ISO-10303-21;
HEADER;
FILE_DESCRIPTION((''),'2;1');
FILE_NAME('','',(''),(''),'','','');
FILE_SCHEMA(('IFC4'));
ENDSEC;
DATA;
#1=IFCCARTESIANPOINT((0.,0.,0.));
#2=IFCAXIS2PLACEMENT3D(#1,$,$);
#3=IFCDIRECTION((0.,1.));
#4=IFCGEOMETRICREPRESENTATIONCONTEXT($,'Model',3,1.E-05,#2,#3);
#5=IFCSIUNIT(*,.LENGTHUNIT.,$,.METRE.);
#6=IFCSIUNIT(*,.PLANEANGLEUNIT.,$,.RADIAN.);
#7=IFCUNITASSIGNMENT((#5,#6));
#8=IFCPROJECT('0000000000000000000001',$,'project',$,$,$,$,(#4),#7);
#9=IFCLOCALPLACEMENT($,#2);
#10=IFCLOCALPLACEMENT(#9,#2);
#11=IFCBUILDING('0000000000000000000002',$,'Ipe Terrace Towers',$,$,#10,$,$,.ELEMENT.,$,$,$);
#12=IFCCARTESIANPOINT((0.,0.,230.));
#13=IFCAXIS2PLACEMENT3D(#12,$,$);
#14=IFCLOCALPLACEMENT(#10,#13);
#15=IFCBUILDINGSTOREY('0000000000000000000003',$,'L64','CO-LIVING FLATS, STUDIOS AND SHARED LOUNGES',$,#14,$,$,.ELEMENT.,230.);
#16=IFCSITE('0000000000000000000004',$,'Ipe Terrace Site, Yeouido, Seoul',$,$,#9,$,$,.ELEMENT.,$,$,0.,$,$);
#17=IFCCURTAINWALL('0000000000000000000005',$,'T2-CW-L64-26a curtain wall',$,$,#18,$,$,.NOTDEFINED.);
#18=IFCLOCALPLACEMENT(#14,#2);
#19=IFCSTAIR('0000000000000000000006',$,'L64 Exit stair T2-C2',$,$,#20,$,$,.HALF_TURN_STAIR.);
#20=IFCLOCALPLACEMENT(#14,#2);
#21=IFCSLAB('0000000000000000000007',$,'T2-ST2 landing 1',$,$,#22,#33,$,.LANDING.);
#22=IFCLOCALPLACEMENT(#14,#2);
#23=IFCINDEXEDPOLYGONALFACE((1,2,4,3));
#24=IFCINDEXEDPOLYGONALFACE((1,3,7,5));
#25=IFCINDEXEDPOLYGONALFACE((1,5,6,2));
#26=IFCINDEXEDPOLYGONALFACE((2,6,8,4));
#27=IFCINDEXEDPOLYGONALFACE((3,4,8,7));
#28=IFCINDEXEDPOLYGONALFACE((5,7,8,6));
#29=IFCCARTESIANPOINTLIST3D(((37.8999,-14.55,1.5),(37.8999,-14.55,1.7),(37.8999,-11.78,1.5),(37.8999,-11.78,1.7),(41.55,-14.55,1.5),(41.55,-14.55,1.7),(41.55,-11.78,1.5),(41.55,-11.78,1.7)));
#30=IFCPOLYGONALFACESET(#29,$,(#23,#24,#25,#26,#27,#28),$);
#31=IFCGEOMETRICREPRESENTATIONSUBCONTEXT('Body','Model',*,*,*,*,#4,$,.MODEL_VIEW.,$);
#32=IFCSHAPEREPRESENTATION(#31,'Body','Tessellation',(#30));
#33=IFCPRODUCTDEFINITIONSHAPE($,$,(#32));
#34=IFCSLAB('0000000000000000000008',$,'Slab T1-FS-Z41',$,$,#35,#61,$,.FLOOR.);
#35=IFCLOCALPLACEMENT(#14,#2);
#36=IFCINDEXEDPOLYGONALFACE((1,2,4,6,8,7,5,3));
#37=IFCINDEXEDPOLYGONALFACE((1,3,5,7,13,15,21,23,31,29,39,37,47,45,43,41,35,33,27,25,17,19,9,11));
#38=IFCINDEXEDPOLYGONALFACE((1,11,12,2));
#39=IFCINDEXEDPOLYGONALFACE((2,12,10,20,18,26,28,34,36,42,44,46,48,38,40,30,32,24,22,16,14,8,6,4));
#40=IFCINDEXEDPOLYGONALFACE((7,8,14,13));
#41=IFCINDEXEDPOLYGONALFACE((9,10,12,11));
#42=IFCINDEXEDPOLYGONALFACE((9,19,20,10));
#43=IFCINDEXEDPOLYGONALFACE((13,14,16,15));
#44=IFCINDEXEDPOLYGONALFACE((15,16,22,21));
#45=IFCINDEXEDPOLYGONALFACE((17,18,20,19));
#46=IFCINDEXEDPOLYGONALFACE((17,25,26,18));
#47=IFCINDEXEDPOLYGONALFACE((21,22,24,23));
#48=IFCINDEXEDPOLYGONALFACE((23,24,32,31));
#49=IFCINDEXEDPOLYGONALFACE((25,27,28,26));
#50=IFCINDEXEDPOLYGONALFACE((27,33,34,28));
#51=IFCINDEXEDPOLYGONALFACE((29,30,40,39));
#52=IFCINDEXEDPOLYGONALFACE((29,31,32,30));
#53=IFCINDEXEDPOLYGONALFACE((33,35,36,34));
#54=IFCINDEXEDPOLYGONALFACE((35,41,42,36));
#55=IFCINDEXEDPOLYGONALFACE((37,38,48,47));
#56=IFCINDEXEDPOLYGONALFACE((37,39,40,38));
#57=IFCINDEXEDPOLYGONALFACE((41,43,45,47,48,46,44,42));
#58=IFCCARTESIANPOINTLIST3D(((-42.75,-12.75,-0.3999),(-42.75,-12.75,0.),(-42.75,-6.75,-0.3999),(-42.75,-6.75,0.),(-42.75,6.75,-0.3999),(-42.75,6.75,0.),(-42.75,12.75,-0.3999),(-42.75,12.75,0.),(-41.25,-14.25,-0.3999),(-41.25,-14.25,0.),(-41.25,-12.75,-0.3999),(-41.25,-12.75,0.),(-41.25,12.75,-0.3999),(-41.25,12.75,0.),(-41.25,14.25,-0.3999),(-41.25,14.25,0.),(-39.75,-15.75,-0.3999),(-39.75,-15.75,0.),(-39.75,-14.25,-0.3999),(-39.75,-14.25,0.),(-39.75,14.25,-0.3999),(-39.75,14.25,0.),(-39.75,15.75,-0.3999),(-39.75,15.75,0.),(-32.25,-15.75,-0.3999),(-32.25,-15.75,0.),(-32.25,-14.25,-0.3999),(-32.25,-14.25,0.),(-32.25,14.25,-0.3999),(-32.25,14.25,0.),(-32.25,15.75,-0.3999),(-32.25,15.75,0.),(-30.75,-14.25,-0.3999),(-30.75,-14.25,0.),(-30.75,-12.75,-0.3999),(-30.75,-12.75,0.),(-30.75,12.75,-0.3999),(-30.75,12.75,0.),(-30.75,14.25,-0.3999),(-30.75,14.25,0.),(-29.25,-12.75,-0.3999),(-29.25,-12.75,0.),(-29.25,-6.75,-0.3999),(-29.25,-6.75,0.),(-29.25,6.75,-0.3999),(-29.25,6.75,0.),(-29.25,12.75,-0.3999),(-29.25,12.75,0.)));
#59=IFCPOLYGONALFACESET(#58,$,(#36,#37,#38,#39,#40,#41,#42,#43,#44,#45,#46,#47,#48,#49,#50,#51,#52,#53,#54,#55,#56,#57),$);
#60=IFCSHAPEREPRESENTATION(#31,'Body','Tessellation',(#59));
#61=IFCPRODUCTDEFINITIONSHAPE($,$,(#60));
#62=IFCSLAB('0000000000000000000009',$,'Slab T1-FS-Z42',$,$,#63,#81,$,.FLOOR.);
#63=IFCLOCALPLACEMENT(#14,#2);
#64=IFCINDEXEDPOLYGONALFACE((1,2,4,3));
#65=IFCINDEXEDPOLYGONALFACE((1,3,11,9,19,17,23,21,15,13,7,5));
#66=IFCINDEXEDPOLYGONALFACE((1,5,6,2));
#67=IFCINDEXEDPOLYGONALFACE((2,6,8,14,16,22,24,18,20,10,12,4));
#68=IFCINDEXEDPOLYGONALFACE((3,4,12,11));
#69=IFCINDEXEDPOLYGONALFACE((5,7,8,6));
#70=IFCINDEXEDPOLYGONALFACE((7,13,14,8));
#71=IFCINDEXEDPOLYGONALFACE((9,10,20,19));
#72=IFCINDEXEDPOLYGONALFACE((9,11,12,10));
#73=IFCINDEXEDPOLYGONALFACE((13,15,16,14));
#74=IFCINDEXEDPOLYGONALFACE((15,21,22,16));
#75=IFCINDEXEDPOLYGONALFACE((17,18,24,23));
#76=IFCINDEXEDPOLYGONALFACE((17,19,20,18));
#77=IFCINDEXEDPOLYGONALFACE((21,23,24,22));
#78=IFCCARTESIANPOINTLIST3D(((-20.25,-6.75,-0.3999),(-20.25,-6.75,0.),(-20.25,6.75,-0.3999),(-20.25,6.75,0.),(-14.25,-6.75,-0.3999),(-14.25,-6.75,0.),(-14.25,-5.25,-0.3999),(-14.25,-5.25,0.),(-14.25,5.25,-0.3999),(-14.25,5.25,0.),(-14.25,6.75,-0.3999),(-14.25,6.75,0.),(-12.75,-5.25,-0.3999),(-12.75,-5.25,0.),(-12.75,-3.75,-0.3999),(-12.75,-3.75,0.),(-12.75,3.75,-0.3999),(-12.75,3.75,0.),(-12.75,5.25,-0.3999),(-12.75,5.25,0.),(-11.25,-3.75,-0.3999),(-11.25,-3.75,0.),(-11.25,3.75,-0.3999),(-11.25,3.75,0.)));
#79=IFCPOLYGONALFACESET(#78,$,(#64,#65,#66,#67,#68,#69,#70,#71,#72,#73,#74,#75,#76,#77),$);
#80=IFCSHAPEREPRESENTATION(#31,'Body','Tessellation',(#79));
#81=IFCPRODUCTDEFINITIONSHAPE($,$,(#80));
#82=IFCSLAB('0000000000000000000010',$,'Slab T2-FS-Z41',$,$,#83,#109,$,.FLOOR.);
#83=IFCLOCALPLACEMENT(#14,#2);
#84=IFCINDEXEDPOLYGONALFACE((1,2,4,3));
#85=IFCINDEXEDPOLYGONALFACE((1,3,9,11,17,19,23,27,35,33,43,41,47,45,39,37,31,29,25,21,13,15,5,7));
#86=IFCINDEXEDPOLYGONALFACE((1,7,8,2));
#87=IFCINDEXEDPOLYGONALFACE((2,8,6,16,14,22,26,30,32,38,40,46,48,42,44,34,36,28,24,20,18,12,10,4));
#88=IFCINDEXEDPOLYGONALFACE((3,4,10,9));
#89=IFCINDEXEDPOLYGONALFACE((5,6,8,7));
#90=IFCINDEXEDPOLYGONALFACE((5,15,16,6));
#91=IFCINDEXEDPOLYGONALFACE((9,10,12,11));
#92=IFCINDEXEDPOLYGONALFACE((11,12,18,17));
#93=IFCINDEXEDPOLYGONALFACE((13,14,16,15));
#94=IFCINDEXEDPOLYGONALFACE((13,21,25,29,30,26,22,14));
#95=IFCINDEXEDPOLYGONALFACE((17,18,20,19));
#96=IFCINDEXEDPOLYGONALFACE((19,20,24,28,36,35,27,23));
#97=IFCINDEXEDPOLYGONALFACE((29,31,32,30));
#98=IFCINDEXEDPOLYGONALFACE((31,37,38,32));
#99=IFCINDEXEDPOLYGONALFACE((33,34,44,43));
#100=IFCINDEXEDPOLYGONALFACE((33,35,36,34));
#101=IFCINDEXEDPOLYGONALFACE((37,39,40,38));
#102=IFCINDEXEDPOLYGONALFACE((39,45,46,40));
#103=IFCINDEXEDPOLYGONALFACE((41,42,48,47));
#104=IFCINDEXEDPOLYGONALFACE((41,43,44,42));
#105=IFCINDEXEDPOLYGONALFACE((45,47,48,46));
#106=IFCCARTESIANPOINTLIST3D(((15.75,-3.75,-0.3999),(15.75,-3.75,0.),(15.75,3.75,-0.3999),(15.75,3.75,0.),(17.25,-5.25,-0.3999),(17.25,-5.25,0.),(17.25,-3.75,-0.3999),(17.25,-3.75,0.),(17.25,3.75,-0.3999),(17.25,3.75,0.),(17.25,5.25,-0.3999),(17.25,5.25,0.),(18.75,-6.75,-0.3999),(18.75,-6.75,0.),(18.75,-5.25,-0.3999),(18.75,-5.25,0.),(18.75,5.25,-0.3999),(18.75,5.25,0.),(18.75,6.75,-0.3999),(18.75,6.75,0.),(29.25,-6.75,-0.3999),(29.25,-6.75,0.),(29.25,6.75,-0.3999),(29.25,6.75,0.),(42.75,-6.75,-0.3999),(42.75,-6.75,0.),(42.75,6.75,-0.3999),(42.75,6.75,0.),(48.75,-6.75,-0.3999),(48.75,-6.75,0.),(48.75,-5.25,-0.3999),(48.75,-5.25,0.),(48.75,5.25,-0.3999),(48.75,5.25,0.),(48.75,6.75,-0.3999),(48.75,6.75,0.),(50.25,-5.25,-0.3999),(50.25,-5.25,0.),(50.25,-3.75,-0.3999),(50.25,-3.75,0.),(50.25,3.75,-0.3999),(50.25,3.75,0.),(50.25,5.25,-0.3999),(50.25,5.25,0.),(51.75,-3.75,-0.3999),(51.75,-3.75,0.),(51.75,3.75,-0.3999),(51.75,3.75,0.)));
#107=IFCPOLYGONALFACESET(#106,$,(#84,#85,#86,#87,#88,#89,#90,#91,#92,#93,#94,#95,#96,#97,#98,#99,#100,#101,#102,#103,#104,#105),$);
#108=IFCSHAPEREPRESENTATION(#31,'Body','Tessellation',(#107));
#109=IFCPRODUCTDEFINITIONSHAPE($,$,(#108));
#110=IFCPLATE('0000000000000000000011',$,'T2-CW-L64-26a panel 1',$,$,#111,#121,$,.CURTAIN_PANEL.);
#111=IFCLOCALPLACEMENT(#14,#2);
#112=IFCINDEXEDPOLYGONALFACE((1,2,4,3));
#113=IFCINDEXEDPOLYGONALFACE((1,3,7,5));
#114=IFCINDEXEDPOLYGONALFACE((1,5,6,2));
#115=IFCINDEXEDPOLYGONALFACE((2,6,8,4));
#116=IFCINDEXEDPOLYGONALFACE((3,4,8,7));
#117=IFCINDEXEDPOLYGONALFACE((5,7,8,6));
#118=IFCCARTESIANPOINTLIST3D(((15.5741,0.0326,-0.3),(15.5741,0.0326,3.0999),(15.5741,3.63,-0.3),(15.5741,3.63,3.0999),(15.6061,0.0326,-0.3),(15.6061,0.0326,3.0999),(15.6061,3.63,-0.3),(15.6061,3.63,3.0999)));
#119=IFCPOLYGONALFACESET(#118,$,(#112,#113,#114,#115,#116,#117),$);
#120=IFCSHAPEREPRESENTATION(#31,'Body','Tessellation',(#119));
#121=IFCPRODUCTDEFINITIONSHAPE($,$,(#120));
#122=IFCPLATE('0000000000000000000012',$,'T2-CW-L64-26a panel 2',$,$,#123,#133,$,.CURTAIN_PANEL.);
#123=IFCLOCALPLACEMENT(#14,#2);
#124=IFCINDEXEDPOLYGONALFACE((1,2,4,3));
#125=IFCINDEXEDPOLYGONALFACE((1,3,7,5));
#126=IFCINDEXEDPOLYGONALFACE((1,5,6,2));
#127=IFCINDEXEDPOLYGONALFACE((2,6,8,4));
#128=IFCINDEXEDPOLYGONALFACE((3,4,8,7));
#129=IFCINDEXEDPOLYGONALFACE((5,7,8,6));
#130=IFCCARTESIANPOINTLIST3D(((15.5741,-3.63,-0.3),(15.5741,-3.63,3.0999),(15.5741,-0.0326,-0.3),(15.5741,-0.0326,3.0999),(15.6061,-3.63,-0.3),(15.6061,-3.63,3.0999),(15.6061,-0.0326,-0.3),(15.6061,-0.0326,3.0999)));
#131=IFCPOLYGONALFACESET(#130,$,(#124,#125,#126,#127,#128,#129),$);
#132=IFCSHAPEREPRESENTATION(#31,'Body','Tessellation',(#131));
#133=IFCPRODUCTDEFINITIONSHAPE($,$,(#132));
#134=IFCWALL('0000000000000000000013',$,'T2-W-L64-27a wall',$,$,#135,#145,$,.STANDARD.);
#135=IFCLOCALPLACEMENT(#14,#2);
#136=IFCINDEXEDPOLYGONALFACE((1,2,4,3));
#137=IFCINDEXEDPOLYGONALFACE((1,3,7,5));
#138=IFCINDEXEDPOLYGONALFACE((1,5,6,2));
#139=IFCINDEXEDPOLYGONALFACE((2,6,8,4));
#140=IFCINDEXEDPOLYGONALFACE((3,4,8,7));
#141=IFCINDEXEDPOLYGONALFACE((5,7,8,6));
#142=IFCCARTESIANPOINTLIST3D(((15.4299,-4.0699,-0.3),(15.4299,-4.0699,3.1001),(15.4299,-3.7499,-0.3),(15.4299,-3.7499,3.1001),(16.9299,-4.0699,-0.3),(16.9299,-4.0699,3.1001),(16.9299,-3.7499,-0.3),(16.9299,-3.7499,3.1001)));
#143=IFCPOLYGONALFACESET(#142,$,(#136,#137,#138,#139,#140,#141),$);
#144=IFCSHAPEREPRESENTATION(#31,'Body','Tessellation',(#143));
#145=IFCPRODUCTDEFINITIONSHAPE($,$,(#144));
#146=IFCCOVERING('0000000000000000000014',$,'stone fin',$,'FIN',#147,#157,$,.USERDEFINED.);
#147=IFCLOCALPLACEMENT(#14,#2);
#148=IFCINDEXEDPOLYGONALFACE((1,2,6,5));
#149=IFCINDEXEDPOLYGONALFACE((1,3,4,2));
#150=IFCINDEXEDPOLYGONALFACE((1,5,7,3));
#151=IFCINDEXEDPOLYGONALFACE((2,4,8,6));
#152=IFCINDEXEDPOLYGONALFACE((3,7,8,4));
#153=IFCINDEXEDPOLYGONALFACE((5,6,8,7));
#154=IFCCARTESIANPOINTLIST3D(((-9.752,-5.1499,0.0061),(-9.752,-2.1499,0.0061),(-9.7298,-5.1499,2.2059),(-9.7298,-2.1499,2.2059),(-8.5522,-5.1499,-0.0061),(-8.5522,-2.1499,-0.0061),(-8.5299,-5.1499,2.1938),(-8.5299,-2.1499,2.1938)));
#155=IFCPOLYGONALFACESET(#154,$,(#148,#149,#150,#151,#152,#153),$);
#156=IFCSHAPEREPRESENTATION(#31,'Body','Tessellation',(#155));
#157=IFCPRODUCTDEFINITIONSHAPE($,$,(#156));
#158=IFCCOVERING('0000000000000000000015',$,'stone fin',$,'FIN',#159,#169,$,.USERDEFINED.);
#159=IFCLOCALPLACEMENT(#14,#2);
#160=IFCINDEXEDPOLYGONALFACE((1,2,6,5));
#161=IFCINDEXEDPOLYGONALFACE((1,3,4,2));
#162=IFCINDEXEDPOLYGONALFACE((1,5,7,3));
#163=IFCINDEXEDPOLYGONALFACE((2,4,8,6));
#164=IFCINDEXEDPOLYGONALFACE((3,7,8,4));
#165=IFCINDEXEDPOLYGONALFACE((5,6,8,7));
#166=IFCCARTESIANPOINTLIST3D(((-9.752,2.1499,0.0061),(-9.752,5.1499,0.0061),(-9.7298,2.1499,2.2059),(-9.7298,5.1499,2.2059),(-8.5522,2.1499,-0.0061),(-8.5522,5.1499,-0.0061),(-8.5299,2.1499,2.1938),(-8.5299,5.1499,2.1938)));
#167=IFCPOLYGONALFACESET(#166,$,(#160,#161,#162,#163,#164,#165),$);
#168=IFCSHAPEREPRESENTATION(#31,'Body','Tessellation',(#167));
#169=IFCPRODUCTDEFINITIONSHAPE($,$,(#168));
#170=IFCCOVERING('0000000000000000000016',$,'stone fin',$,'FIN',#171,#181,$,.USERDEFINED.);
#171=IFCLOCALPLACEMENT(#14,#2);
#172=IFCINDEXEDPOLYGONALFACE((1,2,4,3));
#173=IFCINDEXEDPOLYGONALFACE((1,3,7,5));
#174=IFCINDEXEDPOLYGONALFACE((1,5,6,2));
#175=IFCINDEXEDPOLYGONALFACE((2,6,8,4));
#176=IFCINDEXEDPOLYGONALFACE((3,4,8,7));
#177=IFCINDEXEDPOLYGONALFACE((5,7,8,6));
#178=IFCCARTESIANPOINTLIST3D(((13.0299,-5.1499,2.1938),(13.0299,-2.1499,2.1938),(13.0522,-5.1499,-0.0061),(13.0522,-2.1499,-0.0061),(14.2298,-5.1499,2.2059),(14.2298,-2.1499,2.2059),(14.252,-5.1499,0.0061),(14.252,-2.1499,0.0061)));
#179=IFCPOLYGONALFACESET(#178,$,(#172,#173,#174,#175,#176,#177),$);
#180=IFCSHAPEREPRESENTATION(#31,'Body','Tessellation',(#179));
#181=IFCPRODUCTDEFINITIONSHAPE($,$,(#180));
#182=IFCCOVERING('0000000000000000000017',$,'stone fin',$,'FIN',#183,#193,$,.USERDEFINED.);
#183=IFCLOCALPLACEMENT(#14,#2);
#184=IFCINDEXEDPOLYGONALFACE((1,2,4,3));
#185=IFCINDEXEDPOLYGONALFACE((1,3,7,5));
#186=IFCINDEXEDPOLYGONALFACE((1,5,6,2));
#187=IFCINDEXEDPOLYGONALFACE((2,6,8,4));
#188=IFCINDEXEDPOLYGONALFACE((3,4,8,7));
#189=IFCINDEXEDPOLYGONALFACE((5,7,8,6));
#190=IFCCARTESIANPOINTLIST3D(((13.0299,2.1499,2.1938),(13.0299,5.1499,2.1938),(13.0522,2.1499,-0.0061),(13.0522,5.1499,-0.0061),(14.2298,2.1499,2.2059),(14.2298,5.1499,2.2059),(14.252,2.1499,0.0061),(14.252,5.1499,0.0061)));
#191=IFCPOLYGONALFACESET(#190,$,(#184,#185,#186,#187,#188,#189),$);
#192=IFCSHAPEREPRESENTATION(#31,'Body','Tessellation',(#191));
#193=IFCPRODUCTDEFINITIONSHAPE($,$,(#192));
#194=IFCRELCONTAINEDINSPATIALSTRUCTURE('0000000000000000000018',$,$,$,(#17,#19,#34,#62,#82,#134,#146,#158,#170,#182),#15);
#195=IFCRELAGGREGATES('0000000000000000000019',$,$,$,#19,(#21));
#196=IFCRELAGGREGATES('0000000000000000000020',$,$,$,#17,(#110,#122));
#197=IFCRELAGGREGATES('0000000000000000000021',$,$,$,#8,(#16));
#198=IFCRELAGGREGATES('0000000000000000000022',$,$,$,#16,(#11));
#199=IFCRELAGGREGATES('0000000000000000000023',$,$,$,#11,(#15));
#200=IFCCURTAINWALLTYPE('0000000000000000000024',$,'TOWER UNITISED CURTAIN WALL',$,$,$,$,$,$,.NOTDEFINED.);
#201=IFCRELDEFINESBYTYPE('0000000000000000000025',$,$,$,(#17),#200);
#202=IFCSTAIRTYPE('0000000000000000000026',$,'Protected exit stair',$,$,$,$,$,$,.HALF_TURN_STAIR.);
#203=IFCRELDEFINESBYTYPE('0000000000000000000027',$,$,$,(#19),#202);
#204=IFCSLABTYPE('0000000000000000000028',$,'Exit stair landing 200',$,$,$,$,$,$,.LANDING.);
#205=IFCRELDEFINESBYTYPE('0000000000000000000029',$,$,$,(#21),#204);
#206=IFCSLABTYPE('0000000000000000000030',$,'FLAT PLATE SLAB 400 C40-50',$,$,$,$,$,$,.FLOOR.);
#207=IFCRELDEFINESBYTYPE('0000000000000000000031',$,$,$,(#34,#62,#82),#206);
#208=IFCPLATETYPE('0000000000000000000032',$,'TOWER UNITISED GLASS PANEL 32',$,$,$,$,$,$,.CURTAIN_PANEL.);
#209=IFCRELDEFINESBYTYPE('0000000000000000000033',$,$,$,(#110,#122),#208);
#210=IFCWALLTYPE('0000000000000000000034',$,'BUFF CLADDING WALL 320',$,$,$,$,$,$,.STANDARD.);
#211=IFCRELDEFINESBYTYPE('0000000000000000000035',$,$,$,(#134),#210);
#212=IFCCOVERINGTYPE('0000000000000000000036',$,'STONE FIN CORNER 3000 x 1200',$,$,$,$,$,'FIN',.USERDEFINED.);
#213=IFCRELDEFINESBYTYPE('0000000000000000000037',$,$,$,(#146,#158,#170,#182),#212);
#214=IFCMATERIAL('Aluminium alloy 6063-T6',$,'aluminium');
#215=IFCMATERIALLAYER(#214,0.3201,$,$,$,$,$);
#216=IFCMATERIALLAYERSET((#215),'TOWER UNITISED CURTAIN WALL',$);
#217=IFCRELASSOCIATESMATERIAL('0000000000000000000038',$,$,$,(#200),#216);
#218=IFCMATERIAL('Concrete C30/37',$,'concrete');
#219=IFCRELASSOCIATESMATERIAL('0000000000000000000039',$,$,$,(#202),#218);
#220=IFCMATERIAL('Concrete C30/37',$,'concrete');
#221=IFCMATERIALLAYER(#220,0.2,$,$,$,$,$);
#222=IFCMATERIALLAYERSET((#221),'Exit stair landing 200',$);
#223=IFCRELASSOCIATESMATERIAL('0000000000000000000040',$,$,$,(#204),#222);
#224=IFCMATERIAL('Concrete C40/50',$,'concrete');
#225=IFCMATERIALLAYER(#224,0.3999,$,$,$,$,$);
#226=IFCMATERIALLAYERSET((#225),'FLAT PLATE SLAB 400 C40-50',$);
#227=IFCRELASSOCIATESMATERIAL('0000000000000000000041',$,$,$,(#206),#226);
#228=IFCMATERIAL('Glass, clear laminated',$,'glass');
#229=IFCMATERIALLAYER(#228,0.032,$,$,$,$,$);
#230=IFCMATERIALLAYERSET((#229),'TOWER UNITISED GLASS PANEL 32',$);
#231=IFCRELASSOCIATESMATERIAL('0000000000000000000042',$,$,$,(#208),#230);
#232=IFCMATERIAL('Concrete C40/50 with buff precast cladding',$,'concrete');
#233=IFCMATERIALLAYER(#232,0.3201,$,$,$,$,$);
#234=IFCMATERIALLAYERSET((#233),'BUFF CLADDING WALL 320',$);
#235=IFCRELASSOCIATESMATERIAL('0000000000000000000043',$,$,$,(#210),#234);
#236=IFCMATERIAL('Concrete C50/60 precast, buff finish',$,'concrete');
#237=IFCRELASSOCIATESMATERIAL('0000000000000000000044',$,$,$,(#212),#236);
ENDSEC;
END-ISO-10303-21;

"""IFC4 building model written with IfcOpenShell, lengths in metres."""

from ifc_helpers import new_model, si_unit, direction, frame, frame_2d, origin, origin_2d, place, context, subcontext, project, spatial, polyline, rectangle, outline, extrude, material, layer, layer_set, material_profile, profile_set, type_object, element, aggregate, save


model = new_model("IFC4")

# Units and contexts
model_context = context("Model", 3, precision=1e-05, world=origin(), true_north=direction((0.0, 1.0)))
body_context = subcontext(model_context, "Body", "Model", "MODEL_VIEW")
ifc_project = project(units=[si_unit("LENGTHUNIT", "METRE"), si_unit("PLANEANGLEUNIT", "RADIAN")], contexts=[model_context])

# Site, building, storey
site_placement = place(None, origin())
site = spatial("IfcSite", under=ifc_project, at=site_placement, Name="Ipe Terrace Site, Yeouido, Seoul", CompositionType="ELEMENT", RefElevation=0.0)
building_placement = place(site_placement, origin())
building = spatial("IfcBuilding", under=site, at=building_placement, Name="Ipe Terrace Towers", CompositionType="ELEMENT")
storey_placement = place(building_placement, frame((0.0, 0.0, 230.0)))
storey = spatial("IfcBuildingStorey", under=building, at=storey_placement, Name="L64", Description="CO-LIVING FLATS, STUDIOS AND SHARED LOUNGES", CompositionType="ELEMENT", Elevation=230.0)

# Curtain wall
ifc_material_1 = material(Name="Aluminium alloy 6063-T6", Category="aluminium")
ifc_layer_1 = layer(ifc_material_1, 0.3201)
ifc_layer_set_1 = layer_set([ifc_layer_1], Name="TOWER UNITISED CURTAIN WALL")
curtain_wall_type = type_object("IfcCurtainWallType", Name="TOWER UNITISED CURTAIN WALL", PredefinedType="NOTDEFINED", material=ifc_layer_set_1)
curtain_wall_placement = place(storey_placement, origin())
curtain_wall = element("IfcCurtainWall", 1, at=curtain_wall_placement, inside=storey, type_object=curtain_wall_type, Name="T2-CW-L64-26a curtain wall", PredefinedType="NOTDEFINED")

# Stair, slab
ifc_material_2 = material(Name="Concrete C30/37", Category="concrete")
stair_type = type_object("IfcStairType", Name="Protected exit stair", PredefinedType="HALF_TURN_STAIR", material=ifc_material_2)
ifc_material_3 = material(Name="Concrete C30/37", Category="concrete")
ifc_layer_2 = layer(ifc_material_3, 0.2)
ifc_layer_set_2 = layer_set([ifc_layer_2], Name="Exit stair landing 200")
slab_type_1 = type_object("IfcSlabType", Name="Exit stair landing 200", PredefinedType="LANDING", material=ifc_layer_set_2)
stair_1_placement = place(storey_placement, origin())
stair_1 = element("IfcStair", 2, at=stair_1_placement, inside=storey, type_object=stair_type, Name="L64 Exit stair T2-C2", PredefinedType="HALF_TURN_STAIR")
slab_1_placement = place(storey_placement, frame((0.0, 0.0, 1.5)))
slab_1 = element("IfcSlab", 3, at=slab_1_placement, type_object=slab_type_1, Name="T2-ST2 landing 1", PredefinedType="LANDING", context=body_context, shape_type="SweptSolid", body=[
    extrude(outline(polyline([(37.8999, -11.78), (37.8999, -14.55), (41.55, -14.55), (41.55, -11.78), (37.8999, -11.78)])), origin(), (0.0, 0.0, 1.0), 0.2),
])
aggregate(stair_1, [slab_1])

# Slabs
ifc_material_4 = material(Name="Concrete C40/50", Category="concrete")
ifc_layer_3 = layer(ifc_material_4, 0.3999)
ifc_layer_set_3 = layer_set([ifc_layer_3], Name="FLAT PLATE SLAB 400 C40-50")
slab_type_2 = type_object("IfcSlabType", Name="FLAT PLATE SLAB 400 C40-50", PredefinedType="FLOOR", material=ifc_layer_set_3)
slab_2_placement = place(storey_placement, frame((0.0, 0.0, -0.3999)))
element("IfcSlab", 4, at=slab_2_placement, inside=storey, type_object=slab_type_2, Name="Slab T1-FS-Z41", PredefinedType="FLOOR", context=body_context, shape_type="SweptSolid", body=[
    extrude(outline(polyline([(-30.75, -12.75), (-30.75, -14.25), (-32.25, -14.25), (-32.25, -15.75), (-39.75, -15.75), (-39.75, -14.25), (-41.25, -14.25), (-41.25, -12.75), (-42.75, -12.75), (-42.75, -6.75), (-42.75, 6.75), (-42.75, 12.75), (-41.25, 12.75), (-41.25, 14.25), (-39.75, 14.25), (-39.75, 15.75), (-32.25, 15.75), (-32.25, 14.25), (-30.75, 14.25), (-30.75, 12.75), (-29.25, 12.75), (-29.25, 6.75), (-29.25, -6.75), (-29.25, -12.75), (-30.75, -12.75)])), origin(), (0.0, 0.0, 1.0), 0.3999),
])
slab_3_placement = place(storey_placement, frame((0.0, 0.0, -0.3999)))
element("IfcSlab", 5, at=slab_3_placement, inside=storey, type_object=slab_type_2, Name="Slab T1-FS-Z42", PredefinedType="FLOOR", context=body_context, shape_type="SweptSolid", body=[
    extrude(outline(polyline([(-14.25, 5.25), (-12.75, 5.25), (-12.75, 3.75), (-11.25, 3.75), (-11.25, -3.75), (-12.75, -3.75), (-12.75, -5.25), (-14.25, -5.25), (-14.25, -6.75), (-20.25, -6.75), (-20.25, 6.75), (-14.25, 6.75), (-14.25, 5.25)])), origin(), (0.0, 0.0, 1.0), 0.3999),
])
slab_4_placement = place(storey_placement, frame((0.0, 0.0, -0.3999)))
element("IfcSlab", 6, at=slab_4_placement, inside=storey, type_object=slab_type_2, Name="Slab T2-FS-Z41", PredefinedType="FLOOR", context=body_context, shape_type="SweptSolid", body=[
    extrude(outline(polyline([(48.75, 5.25), (50.25, 5.25), (50.25, 3.75), (51.75, 3.75), (51.75, -3.75), (50.25, -3.75), (50.25, -5.25), (48.75, -5.25), (48.75, -6.75), (42.75, -6.75), (29.25, -6.75), (18.75, -6.75), (18.75, -5.25), (17.25, -5.25), (17.25, -3.75), (15.75, -3.75), (15.75, 3.75), (17.25, 3.75), (17.25, 5.25), (18.75, 5.25), (18.75, 6.75), (29.25, 6.75), (42.75, 6.75), (48.75, 6.75), (48.75, 5.25)])), origin(), (0.0, 0.0, 1.0), 0.3999),
])

# Plates
ifc_material_5 = material(Name="Glass, clear laminated", Category="glass")
ifc_layer_4 = layer(ifc_material_5, 0.032)
ifc_layer_set_4 = layer_set([ifc_layer_4], Name="TOWER UNITISED GLASS PANEL 32")
plate_type = type_object("IfcPlateType", Name="TOWER UNITISED GLASS PANEL 32", PredefinedType="CURTAIN_PANEL", material=ifc_layer_set_4)
plate_1_placement = place(storey_placement, frame((15.5901, 1.8313, -0.3), z_axis=(0.0, 0.0, 1.0), x_axis=(0.0, -1.0, 0.0)))
plate_1 = element("IfcPlate", 7, at=plate_1_placement, type_object=plate_type, Name="T2-CW-L64-26a panel 1", PredefinedType="CURTAIN_PANEL", context=body_context, shape_type="SweptSolid", body=[
    extrude(rectangle(XDim=3.5974, YDim=0.032, at=origin_2d()), origin(), (0.0, 0.0, 1.0), 3.3999),
])
plate_2_placement = place(storey_placement, frame((15.5901, -1.8313, -0.3), z_axis=(0.0, 0.0, 1.0), x_axis=(0.0, -1.0, 0.0)))
plate_2 = element("IfcPlate", 8, at=plate_2_placement, type_object=plate_type, Name="T2-CW-L64-26a panel 2", PredefinedType="CURTAIN_PANEL", context=body_context, shape_type="SweptSolid", body=[
    extrude(rectangle(XDim=3.5974, YDim=0.032, at=origin_2d()), origin(), (0.0, 0.0, 1.0), 3.3999),
])
aggregate(curtain_wall, [plate_1, plate_2])

# Wall
ifc_material_6 = material(Name="Concrete C40/50 with buff precast cladding", Category="concrete")
ifc_layer_5 = layer(ifc_material_6, 0.3201)
ifc_layer_set_5 = layer_set([ifc_layer_5], Name="BUFF CLADDING WALL 320")
wall_type = type_object("IfcWallType", Name="BUFF CLADDING WALL 320", PredefinedType="STANDARD", material=ifc_layer_set_5)
wall_placement = place(storey_placement, frame((15.4299, -3.9099, -0.3), z_axis=(0.0, 0.0, 1.0), x_axis=(1.0, 0.0, 0.0)))
element("IfcWall", 9, at=wall_placement, inside=storey, type_object=wall_type, Name="T2-W-L64-27a wall", PredefinedType="STANDARD", context=body_context, shape_type="SweptSolid", body=[
    extrude(rectangle(XDim=1.5, YDim=0.3201, at=frame_2d((0.75, 0.0))), origin(), (0.0, 0.0, 1.0), 3.4001),
])

# Coverings
ifc_material_7 = material(Name="Concrete C50/60 precast, buff finish", Category="concrete")
ifc_material_profile_1 = material_profile(ifc_material_7, rectangle(XDim=3.0, YDim=1.2, at=origin_2d()), Name="STONE FIN CORNER 3000 x 1200")
ifc_profile_set_1 = profile_set([ifc_material_profile_1], Name="Concrete C50/60 precast, buff finish")
covering_type_1 = type_object("IfcCoveringType", Name="STONE FIN CORNER 3000 x 1200", ElementType="FIN", PredefinedType="USERDEFINED", material=ifc_profile_set_1)
for number, where, z_axis, x_axis, name in (
    (10, (-9.1521, -3.6499, 0.0), (0.010098, 0.0, 0.999949), (0.0, 1.0, 0.0), "stone fin"),
    (11, (-9.1521, 3.6499, 0.0), (0.010098, 0.0, 0.999949), (0.0, 1.0, 0.0), "stone fin"),
    (12, (13.6521, -3.6499, 0.0), (-0.010098, 0.0, 0.999949), (0.0, -1.0, 0.0), "stone fin"),
    (13, (13.6521, 3.6499, 0.0), (-0.010098, 0.0, 0.999949), (0.0, -1.0, 0.0), "stone fin"),
):
    element("IfcCovering", number, at=place(storey_placement, frame(where, z_axis=z_axis, x_axis=x_axis)), inside=storey, type_object=covering_type_1, Name=name, ObjectType="FIN", PredefinedType="USERDEFINED", context=body_context, shape_type="SweptSolid", body=[
        extrude(rectangle(XDim=3.0, YDim=1.2, at=origin_2d()), origin(), (0.0, 0.0, 1.0), 2.2),
    ])

save(model, "model.ifc")
